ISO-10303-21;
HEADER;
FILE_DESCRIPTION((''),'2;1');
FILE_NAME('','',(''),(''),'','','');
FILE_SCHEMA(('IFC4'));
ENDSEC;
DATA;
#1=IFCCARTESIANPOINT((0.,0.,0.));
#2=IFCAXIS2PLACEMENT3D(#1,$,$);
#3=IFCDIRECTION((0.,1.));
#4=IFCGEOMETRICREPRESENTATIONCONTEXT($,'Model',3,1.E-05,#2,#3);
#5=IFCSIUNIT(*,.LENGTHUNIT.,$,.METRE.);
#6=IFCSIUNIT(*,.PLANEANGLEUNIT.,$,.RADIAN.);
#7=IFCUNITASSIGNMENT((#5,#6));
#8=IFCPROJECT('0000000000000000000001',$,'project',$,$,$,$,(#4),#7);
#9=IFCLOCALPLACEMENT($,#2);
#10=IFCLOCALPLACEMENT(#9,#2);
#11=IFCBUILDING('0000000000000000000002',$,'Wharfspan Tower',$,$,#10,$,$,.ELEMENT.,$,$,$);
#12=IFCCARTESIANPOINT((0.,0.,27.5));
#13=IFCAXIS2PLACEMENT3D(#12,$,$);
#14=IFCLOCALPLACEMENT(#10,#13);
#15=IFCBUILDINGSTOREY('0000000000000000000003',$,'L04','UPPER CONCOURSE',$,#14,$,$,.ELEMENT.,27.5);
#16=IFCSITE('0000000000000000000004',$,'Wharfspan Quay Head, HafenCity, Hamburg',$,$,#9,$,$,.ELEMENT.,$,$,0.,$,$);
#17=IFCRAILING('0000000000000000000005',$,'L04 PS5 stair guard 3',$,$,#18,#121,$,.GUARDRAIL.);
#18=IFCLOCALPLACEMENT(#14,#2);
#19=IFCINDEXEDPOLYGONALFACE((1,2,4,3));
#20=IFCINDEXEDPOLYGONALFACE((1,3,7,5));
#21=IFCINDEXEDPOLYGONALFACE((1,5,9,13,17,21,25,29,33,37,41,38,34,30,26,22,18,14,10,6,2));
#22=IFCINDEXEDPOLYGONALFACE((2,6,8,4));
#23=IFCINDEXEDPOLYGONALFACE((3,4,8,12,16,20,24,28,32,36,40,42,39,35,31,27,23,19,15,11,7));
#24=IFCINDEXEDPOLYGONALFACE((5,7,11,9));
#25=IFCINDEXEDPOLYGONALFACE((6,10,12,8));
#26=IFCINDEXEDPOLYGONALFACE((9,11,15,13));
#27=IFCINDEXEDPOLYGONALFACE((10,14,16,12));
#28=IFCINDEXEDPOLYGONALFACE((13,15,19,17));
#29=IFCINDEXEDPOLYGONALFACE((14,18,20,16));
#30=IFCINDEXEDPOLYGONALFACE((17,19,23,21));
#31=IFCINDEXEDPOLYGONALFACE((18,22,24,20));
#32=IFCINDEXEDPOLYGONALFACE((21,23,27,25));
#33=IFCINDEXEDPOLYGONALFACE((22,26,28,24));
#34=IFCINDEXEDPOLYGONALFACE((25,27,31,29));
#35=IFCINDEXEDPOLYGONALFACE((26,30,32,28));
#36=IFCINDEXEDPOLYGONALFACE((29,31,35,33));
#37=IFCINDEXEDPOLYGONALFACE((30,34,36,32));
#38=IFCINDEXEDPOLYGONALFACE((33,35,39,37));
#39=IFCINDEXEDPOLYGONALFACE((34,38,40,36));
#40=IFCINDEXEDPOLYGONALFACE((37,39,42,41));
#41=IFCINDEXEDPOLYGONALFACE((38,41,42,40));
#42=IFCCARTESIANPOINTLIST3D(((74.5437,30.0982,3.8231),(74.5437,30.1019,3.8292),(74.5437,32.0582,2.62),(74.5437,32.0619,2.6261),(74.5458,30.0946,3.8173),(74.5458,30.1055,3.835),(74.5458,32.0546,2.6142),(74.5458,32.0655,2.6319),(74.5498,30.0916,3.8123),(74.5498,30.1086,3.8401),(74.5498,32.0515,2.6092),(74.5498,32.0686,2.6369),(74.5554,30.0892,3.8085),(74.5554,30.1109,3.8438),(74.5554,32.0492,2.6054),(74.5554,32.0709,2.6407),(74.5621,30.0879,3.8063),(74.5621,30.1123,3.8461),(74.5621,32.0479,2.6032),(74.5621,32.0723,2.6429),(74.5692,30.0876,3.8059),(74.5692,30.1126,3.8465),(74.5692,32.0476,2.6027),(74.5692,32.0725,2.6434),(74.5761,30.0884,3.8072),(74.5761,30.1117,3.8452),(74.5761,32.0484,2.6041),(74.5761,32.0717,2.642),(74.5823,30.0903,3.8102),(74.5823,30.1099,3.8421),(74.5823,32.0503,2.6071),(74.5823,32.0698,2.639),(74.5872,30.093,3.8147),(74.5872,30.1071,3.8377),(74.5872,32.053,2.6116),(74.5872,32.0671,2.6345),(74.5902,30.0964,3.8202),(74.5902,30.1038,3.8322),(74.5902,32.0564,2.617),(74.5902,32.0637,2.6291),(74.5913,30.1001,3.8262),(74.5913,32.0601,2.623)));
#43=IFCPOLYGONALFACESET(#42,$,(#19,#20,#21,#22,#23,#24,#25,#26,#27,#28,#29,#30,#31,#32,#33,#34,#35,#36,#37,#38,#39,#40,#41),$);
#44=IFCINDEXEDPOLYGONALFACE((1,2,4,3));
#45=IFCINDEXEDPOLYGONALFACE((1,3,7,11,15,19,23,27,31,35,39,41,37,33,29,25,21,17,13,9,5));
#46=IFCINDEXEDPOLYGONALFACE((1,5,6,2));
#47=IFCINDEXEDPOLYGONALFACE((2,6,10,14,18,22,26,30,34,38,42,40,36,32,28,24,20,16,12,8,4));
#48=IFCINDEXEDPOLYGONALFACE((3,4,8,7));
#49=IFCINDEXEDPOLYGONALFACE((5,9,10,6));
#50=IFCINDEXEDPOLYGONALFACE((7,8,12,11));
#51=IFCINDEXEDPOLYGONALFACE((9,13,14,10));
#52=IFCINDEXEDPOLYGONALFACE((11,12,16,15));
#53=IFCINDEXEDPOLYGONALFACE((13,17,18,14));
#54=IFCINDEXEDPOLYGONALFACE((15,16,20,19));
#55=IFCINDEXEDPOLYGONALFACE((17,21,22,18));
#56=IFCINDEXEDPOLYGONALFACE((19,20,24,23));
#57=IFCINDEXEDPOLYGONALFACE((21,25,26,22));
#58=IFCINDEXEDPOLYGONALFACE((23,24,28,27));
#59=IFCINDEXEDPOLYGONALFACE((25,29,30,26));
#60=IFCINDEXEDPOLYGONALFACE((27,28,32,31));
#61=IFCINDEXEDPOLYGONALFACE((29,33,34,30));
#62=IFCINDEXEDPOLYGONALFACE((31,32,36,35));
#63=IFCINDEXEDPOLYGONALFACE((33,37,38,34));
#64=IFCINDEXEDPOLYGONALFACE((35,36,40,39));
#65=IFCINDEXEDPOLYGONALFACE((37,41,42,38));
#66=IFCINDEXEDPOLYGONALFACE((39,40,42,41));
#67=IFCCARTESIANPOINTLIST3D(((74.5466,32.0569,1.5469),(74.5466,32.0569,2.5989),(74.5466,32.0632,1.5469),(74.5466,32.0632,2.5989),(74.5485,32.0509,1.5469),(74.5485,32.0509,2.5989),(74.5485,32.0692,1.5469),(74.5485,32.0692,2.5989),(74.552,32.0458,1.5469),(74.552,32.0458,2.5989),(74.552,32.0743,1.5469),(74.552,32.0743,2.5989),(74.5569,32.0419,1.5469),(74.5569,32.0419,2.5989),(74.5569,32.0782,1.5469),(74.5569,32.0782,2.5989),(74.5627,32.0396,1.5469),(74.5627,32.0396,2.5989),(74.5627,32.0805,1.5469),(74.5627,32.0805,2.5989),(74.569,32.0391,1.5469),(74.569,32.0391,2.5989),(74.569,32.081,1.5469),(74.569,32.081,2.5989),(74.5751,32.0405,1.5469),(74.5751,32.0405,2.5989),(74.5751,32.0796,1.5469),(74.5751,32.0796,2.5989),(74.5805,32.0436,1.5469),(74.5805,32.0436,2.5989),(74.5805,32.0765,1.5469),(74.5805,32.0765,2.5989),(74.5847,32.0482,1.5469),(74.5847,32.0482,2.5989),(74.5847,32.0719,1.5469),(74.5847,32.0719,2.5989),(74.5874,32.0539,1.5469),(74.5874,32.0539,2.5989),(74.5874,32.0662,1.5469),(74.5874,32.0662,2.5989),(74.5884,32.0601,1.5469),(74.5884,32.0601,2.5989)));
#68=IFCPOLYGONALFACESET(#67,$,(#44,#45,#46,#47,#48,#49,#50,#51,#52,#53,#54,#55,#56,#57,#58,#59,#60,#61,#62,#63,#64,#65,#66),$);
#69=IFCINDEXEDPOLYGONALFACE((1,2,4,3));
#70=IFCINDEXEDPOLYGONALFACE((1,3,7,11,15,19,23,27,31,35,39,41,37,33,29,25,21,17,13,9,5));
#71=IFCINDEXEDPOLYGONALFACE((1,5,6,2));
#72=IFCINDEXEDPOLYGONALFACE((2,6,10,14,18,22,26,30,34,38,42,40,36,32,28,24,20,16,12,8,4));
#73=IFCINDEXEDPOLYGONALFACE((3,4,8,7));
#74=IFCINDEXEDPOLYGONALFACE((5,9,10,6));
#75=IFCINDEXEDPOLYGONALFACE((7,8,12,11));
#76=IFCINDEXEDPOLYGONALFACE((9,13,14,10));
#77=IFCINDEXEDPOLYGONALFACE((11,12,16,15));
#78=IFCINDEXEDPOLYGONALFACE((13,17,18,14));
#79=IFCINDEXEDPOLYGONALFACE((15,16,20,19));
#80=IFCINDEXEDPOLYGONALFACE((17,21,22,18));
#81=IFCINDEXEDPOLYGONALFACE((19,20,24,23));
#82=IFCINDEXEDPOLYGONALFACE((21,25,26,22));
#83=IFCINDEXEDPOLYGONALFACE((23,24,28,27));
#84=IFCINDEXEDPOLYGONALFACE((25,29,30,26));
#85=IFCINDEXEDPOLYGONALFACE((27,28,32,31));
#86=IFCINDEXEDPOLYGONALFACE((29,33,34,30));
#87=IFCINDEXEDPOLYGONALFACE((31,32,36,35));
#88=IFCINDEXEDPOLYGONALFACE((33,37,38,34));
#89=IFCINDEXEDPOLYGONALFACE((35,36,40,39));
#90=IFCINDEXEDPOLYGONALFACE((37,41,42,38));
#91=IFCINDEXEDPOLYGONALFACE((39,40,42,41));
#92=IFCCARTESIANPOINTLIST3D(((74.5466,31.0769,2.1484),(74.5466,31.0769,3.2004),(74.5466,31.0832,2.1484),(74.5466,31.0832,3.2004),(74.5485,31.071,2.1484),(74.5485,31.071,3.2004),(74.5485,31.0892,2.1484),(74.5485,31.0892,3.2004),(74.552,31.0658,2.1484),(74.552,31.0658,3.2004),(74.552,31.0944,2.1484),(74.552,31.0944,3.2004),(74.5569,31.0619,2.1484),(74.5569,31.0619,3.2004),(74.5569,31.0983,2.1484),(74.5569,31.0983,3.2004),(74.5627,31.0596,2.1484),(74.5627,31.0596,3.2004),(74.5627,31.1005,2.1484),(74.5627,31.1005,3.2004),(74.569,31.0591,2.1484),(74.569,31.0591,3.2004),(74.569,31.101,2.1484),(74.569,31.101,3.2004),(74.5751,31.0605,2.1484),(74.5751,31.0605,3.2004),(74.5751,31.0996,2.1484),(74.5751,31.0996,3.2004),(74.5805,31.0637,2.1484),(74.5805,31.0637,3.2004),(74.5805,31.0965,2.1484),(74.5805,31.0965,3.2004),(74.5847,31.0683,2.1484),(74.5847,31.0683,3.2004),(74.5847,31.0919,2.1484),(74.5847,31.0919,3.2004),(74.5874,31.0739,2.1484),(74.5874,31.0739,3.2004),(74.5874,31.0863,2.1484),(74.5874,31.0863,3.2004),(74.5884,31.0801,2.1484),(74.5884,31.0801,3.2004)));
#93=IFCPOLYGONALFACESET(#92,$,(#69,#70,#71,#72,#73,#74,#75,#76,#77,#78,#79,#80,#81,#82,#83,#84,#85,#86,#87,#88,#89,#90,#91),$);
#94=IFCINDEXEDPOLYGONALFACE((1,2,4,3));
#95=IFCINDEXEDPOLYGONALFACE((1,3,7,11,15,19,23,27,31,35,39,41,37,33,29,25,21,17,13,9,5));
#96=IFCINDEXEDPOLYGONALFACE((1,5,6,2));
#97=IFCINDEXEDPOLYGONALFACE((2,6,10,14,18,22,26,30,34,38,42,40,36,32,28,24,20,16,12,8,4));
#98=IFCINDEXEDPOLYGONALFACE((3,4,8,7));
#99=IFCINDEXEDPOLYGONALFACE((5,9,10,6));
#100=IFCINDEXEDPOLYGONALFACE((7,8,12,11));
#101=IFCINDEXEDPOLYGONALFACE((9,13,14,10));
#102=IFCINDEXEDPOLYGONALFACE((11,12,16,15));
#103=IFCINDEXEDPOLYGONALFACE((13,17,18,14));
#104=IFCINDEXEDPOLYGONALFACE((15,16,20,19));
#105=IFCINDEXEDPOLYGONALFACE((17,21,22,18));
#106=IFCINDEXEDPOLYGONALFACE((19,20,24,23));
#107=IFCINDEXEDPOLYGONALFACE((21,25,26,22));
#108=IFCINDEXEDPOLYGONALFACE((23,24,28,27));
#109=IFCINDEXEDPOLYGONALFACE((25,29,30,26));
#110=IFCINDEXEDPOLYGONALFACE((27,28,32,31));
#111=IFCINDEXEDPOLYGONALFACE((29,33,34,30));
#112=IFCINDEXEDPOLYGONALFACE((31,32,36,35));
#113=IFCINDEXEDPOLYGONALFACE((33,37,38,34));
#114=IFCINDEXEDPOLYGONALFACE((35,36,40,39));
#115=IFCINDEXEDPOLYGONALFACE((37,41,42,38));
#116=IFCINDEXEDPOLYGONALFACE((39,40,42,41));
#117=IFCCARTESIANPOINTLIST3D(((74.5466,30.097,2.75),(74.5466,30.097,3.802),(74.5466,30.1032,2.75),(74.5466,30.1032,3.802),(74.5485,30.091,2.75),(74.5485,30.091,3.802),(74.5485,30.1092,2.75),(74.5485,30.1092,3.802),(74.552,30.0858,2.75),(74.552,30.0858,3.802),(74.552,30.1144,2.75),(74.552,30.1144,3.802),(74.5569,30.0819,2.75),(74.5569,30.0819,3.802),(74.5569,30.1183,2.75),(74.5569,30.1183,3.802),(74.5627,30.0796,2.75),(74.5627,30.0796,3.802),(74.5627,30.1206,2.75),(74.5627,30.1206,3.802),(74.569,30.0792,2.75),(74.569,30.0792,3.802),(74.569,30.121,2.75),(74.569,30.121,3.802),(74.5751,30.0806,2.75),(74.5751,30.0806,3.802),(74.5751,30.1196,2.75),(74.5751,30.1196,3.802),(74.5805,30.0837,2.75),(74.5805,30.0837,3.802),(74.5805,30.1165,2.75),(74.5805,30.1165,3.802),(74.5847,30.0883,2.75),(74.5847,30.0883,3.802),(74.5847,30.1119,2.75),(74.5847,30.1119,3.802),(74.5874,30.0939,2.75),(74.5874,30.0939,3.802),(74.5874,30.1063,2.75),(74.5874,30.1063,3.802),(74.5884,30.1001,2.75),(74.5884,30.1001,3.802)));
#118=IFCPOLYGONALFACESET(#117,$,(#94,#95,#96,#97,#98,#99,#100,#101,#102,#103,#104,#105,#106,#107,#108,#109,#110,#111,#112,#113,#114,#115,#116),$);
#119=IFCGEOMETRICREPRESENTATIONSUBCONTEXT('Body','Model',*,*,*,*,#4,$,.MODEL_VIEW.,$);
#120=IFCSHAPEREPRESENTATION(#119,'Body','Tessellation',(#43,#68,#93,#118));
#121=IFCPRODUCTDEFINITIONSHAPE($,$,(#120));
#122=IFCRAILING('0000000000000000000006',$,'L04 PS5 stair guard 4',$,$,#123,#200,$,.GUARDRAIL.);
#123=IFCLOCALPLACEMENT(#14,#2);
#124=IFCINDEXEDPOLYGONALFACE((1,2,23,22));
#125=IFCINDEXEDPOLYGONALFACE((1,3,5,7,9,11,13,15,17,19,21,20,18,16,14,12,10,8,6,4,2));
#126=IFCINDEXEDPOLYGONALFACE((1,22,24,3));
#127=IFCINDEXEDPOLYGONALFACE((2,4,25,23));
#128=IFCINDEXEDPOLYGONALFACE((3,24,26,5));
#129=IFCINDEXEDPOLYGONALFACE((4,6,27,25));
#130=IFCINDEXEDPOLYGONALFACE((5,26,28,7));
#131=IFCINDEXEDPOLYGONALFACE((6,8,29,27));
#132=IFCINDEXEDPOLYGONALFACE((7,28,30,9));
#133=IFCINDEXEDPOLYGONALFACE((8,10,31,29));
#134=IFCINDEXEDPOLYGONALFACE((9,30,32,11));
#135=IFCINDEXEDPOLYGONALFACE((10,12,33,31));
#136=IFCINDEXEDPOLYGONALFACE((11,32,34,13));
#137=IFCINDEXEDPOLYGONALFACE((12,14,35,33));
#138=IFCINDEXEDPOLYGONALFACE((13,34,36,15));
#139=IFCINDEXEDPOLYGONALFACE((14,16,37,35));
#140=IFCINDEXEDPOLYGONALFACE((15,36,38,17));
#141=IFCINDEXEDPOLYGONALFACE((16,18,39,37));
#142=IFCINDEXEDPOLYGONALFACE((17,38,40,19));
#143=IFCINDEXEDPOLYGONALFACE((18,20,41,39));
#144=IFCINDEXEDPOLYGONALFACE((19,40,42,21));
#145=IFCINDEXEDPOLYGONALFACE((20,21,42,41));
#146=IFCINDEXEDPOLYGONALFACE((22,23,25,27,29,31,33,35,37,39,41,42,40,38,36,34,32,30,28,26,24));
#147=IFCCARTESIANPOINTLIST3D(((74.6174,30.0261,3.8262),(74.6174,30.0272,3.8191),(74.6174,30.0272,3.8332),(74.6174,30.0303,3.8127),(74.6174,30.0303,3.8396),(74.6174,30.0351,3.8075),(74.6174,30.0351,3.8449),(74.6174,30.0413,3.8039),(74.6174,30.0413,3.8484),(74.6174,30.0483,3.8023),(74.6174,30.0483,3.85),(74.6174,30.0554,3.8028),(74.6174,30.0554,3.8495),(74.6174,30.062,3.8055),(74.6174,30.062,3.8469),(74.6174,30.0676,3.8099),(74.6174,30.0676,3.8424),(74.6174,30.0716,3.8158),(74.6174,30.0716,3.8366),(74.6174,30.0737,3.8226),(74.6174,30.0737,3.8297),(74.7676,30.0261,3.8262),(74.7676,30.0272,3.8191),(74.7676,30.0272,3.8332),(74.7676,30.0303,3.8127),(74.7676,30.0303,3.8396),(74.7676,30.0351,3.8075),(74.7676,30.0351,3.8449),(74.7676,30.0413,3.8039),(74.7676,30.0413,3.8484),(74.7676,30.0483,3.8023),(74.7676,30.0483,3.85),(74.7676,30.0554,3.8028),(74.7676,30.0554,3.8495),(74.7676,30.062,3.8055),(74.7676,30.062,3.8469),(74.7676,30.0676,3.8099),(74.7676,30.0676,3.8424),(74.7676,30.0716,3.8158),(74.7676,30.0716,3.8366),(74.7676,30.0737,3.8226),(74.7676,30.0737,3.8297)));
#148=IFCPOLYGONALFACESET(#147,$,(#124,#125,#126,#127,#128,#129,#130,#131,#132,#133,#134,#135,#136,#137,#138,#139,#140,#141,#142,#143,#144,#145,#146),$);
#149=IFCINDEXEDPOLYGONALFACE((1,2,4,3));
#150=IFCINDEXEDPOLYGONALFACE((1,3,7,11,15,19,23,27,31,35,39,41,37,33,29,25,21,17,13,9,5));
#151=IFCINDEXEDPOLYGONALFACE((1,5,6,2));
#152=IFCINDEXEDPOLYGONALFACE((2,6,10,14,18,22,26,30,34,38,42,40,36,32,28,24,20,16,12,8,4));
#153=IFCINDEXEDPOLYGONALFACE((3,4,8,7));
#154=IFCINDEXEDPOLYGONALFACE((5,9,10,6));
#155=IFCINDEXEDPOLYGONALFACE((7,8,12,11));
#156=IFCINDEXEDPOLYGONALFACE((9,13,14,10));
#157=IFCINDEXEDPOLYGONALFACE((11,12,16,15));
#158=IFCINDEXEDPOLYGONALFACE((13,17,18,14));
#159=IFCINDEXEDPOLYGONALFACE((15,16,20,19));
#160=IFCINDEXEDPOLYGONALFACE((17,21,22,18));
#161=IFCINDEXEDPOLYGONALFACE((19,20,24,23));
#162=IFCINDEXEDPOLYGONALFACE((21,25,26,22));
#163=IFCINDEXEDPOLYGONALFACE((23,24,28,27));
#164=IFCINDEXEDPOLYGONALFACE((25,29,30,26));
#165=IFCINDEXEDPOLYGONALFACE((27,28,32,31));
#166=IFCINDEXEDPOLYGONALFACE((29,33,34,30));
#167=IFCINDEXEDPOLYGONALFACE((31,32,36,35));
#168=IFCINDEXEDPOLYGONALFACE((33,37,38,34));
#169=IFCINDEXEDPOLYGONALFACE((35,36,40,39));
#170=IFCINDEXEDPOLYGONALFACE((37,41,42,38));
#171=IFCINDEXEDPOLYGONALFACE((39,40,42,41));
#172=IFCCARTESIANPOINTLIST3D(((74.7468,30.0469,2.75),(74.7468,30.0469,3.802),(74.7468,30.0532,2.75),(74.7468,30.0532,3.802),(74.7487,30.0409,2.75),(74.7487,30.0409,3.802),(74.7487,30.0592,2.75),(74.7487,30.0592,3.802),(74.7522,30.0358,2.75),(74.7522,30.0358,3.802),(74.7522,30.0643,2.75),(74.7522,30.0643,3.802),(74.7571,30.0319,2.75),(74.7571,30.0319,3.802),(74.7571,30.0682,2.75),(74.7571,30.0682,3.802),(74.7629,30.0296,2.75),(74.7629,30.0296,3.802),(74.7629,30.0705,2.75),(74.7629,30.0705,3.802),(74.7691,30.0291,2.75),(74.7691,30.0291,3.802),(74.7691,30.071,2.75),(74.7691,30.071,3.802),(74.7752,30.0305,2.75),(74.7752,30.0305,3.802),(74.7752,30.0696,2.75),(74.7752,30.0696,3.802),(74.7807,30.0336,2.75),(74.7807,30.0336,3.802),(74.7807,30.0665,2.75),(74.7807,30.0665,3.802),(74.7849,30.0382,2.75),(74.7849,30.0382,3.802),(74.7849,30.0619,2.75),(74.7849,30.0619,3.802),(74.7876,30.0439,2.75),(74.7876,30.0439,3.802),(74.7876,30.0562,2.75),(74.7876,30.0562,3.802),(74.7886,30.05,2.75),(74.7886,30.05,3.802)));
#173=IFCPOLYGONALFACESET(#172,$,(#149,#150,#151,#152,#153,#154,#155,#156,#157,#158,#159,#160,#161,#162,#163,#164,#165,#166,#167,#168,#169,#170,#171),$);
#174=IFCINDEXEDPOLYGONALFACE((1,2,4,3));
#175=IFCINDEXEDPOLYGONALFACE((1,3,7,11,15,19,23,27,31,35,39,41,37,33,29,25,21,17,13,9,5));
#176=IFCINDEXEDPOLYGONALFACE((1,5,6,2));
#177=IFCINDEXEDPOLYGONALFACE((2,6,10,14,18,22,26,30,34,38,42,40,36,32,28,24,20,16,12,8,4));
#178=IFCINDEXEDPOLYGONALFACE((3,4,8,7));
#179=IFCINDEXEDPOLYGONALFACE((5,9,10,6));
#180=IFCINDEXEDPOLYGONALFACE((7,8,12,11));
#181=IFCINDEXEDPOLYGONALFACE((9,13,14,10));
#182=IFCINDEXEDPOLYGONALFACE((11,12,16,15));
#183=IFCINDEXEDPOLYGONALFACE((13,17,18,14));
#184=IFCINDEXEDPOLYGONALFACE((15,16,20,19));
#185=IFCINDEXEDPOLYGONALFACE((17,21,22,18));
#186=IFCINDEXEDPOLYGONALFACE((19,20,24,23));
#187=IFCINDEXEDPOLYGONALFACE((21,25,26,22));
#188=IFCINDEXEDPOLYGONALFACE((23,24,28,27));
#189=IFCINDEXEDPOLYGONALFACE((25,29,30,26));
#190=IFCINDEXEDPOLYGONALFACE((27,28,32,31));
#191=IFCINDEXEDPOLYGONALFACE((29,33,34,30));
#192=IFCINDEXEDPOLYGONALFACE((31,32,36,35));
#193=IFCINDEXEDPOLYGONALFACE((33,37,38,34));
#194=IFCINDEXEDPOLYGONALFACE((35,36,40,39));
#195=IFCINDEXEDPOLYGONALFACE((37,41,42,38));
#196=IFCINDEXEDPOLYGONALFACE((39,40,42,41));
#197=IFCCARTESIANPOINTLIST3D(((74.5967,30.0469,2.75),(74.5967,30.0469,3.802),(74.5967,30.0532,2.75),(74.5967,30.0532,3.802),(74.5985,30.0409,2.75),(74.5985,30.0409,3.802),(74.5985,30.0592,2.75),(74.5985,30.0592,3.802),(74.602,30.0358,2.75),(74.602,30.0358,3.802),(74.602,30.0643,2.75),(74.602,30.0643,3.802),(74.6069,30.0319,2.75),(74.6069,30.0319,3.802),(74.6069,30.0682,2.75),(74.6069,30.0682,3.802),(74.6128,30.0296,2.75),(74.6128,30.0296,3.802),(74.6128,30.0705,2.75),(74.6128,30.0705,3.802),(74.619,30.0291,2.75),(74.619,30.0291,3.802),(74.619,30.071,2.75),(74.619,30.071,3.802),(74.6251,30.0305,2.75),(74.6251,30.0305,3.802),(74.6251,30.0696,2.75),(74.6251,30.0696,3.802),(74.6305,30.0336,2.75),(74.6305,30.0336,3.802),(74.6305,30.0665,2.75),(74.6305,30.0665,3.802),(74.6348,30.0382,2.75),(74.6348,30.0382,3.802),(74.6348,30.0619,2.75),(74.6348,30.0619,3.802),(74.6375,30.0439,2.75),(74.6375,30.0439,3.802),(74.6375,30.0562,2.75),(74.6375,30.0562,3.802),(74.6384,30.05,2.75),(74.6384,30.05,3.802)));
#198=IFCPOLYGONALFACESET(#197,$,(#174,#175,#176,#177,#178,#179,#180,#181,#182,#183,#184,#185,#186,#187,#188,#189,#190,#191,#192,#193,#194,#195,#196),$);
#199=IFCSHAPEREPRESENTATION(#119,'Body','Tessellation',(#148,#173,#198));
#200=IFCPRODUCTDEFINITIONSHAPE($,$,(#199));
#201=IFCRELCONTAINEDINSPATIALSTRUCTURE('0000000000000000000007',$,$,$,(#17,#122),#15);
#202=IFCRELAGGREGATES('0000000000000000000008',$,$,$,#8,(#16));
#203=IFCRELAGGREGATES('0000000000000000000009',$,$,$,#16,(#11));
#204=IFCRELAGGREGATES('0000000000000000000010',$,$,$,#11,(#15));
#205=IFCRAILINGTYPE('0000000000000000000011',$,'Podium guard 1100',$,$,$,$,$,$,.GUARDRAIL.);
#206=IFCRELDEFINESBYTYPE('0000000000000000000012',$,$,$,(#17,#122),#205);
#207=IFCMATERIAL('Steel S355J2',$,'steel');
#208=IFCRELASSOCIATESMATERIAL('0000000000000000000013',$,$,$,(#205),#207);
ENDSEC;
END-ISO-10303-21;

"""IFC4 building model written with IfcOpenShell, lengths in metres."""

from ifc_helpers import new_model, si_unit, direction, frame, origin, origin_2d, place, context, subcontext, project, spatial, circle, extrude, material, type_object, element, save


model = new_model("IFC4")

# Units and contexts
model_context = context("Model", 3, precision=1e-05, world=origin(), true_north=direction((0.0, 1.0)))
body_context = subcontext(model_context, "Body", "Model", "MODEL_VIEW")
ifc_project = project(units=[si_unit("LENGTHUNIT", "METRE"), si_unit("PLANEANGLEUNIT", "RADIAN")], contexts=[model_context])

# Site, building, storey
site_placement = place(None, origin())
site = spatial("IfcSite", under=ifc_project, at=site_placement, Name="Wharfspan Quay Head, HafenCity, Hamburg", CompositionType="ELEMENT", RefElevation=0.0)
building_placement = place(site_placement, origin())
building = spatial("IfcBuilding", under=site, at=building_placement, Name="Wharfspan Tower", CompositionType="ELEMENT")
storey_placement = place(building_placement, frame((0.0, 0.0, 27.5)))
storey = spatial("IfcBuildingStorey", under=building, at=storey_placement, Name="L04", Description="UPPER CONCOURSE", CompositionType="ELEMENT", Elevation=27.5)

# Railings
ifc_material_1 = material(Name="Steel S355J2", Category="steel")
railing_type_1 = type_object("IfcRailingType", Name="Podium guard 1100", PredefinedType="GUARDRAIL", material=ifc_material_1)
railing_1_placement = place(storey_placement, frame((74.5674, 32.0601, 1.5469)))
element("IfcRailing", 1, at=railing_1_placement, inside=storey, type_object=railing_type_1, Name="L04 PS5 stair guard 3", PredefinedType="GUARDRAIL", context=body_context, shape_type="SweptSolid", body=[
    extrude(circle(Radius=0.0239, at=origin_2d()), frame((0.0, 0.0, 1.0762), z_axis=(0.0, -0.852241, 0.523149), x_axis=(1.0, 0.0, 0.0)), (0.0, 0.0, 1.0), 2.2998),
    extrude(circle(Radius=0.021, at=origin_2d()), origin(), (0.0, 0.0, 1.0), 1.052),
    extrude(circle(Radius=0.021, at=origin_2d()), frame((0.0, -0.98, 0.6016)), (0.0, 0.0, 1.0), 1.052),
    extrude(circle(Radius=0.021, at=origin_2d()), frame((0.0, -1.96, 1.2031)), (0.0, 0.0, 1.0), 1.052),
])
railing_2_placement = place(storey_placement, frame((74.7676, 30.05, 2.75)))
element("IfcRailing", 2, at=railing_2_placement, inside=storey, type_object=railing_type_1, Name="L04 PS5 stair guard 4", PredefinedType="GUARDRAIL", context=body_context, shape_type="SweptSolid", body=[
    extrude(circle(Radius=0.0239, at=origin_2d()), frame((0.0, 0.0, 1.0762), z_axis=(-1.0, 0.0, 0.0), x_axis=(0.0, -1.0, 0.0)), (0.0, 0.0, 1.0), 0.1501),
    extrude(circle(Radius=0.021, at=origin_2d()), origin(), (0.0, 0.0, 1.0), 1.052),
    extrude(circle(Radius=0.021, at=origin_2d()), frame((-0.1501, 0.0, 0.0)), (0.0, 0.0, 1.0), 1.052),
])

save(model, "model.ifc")
